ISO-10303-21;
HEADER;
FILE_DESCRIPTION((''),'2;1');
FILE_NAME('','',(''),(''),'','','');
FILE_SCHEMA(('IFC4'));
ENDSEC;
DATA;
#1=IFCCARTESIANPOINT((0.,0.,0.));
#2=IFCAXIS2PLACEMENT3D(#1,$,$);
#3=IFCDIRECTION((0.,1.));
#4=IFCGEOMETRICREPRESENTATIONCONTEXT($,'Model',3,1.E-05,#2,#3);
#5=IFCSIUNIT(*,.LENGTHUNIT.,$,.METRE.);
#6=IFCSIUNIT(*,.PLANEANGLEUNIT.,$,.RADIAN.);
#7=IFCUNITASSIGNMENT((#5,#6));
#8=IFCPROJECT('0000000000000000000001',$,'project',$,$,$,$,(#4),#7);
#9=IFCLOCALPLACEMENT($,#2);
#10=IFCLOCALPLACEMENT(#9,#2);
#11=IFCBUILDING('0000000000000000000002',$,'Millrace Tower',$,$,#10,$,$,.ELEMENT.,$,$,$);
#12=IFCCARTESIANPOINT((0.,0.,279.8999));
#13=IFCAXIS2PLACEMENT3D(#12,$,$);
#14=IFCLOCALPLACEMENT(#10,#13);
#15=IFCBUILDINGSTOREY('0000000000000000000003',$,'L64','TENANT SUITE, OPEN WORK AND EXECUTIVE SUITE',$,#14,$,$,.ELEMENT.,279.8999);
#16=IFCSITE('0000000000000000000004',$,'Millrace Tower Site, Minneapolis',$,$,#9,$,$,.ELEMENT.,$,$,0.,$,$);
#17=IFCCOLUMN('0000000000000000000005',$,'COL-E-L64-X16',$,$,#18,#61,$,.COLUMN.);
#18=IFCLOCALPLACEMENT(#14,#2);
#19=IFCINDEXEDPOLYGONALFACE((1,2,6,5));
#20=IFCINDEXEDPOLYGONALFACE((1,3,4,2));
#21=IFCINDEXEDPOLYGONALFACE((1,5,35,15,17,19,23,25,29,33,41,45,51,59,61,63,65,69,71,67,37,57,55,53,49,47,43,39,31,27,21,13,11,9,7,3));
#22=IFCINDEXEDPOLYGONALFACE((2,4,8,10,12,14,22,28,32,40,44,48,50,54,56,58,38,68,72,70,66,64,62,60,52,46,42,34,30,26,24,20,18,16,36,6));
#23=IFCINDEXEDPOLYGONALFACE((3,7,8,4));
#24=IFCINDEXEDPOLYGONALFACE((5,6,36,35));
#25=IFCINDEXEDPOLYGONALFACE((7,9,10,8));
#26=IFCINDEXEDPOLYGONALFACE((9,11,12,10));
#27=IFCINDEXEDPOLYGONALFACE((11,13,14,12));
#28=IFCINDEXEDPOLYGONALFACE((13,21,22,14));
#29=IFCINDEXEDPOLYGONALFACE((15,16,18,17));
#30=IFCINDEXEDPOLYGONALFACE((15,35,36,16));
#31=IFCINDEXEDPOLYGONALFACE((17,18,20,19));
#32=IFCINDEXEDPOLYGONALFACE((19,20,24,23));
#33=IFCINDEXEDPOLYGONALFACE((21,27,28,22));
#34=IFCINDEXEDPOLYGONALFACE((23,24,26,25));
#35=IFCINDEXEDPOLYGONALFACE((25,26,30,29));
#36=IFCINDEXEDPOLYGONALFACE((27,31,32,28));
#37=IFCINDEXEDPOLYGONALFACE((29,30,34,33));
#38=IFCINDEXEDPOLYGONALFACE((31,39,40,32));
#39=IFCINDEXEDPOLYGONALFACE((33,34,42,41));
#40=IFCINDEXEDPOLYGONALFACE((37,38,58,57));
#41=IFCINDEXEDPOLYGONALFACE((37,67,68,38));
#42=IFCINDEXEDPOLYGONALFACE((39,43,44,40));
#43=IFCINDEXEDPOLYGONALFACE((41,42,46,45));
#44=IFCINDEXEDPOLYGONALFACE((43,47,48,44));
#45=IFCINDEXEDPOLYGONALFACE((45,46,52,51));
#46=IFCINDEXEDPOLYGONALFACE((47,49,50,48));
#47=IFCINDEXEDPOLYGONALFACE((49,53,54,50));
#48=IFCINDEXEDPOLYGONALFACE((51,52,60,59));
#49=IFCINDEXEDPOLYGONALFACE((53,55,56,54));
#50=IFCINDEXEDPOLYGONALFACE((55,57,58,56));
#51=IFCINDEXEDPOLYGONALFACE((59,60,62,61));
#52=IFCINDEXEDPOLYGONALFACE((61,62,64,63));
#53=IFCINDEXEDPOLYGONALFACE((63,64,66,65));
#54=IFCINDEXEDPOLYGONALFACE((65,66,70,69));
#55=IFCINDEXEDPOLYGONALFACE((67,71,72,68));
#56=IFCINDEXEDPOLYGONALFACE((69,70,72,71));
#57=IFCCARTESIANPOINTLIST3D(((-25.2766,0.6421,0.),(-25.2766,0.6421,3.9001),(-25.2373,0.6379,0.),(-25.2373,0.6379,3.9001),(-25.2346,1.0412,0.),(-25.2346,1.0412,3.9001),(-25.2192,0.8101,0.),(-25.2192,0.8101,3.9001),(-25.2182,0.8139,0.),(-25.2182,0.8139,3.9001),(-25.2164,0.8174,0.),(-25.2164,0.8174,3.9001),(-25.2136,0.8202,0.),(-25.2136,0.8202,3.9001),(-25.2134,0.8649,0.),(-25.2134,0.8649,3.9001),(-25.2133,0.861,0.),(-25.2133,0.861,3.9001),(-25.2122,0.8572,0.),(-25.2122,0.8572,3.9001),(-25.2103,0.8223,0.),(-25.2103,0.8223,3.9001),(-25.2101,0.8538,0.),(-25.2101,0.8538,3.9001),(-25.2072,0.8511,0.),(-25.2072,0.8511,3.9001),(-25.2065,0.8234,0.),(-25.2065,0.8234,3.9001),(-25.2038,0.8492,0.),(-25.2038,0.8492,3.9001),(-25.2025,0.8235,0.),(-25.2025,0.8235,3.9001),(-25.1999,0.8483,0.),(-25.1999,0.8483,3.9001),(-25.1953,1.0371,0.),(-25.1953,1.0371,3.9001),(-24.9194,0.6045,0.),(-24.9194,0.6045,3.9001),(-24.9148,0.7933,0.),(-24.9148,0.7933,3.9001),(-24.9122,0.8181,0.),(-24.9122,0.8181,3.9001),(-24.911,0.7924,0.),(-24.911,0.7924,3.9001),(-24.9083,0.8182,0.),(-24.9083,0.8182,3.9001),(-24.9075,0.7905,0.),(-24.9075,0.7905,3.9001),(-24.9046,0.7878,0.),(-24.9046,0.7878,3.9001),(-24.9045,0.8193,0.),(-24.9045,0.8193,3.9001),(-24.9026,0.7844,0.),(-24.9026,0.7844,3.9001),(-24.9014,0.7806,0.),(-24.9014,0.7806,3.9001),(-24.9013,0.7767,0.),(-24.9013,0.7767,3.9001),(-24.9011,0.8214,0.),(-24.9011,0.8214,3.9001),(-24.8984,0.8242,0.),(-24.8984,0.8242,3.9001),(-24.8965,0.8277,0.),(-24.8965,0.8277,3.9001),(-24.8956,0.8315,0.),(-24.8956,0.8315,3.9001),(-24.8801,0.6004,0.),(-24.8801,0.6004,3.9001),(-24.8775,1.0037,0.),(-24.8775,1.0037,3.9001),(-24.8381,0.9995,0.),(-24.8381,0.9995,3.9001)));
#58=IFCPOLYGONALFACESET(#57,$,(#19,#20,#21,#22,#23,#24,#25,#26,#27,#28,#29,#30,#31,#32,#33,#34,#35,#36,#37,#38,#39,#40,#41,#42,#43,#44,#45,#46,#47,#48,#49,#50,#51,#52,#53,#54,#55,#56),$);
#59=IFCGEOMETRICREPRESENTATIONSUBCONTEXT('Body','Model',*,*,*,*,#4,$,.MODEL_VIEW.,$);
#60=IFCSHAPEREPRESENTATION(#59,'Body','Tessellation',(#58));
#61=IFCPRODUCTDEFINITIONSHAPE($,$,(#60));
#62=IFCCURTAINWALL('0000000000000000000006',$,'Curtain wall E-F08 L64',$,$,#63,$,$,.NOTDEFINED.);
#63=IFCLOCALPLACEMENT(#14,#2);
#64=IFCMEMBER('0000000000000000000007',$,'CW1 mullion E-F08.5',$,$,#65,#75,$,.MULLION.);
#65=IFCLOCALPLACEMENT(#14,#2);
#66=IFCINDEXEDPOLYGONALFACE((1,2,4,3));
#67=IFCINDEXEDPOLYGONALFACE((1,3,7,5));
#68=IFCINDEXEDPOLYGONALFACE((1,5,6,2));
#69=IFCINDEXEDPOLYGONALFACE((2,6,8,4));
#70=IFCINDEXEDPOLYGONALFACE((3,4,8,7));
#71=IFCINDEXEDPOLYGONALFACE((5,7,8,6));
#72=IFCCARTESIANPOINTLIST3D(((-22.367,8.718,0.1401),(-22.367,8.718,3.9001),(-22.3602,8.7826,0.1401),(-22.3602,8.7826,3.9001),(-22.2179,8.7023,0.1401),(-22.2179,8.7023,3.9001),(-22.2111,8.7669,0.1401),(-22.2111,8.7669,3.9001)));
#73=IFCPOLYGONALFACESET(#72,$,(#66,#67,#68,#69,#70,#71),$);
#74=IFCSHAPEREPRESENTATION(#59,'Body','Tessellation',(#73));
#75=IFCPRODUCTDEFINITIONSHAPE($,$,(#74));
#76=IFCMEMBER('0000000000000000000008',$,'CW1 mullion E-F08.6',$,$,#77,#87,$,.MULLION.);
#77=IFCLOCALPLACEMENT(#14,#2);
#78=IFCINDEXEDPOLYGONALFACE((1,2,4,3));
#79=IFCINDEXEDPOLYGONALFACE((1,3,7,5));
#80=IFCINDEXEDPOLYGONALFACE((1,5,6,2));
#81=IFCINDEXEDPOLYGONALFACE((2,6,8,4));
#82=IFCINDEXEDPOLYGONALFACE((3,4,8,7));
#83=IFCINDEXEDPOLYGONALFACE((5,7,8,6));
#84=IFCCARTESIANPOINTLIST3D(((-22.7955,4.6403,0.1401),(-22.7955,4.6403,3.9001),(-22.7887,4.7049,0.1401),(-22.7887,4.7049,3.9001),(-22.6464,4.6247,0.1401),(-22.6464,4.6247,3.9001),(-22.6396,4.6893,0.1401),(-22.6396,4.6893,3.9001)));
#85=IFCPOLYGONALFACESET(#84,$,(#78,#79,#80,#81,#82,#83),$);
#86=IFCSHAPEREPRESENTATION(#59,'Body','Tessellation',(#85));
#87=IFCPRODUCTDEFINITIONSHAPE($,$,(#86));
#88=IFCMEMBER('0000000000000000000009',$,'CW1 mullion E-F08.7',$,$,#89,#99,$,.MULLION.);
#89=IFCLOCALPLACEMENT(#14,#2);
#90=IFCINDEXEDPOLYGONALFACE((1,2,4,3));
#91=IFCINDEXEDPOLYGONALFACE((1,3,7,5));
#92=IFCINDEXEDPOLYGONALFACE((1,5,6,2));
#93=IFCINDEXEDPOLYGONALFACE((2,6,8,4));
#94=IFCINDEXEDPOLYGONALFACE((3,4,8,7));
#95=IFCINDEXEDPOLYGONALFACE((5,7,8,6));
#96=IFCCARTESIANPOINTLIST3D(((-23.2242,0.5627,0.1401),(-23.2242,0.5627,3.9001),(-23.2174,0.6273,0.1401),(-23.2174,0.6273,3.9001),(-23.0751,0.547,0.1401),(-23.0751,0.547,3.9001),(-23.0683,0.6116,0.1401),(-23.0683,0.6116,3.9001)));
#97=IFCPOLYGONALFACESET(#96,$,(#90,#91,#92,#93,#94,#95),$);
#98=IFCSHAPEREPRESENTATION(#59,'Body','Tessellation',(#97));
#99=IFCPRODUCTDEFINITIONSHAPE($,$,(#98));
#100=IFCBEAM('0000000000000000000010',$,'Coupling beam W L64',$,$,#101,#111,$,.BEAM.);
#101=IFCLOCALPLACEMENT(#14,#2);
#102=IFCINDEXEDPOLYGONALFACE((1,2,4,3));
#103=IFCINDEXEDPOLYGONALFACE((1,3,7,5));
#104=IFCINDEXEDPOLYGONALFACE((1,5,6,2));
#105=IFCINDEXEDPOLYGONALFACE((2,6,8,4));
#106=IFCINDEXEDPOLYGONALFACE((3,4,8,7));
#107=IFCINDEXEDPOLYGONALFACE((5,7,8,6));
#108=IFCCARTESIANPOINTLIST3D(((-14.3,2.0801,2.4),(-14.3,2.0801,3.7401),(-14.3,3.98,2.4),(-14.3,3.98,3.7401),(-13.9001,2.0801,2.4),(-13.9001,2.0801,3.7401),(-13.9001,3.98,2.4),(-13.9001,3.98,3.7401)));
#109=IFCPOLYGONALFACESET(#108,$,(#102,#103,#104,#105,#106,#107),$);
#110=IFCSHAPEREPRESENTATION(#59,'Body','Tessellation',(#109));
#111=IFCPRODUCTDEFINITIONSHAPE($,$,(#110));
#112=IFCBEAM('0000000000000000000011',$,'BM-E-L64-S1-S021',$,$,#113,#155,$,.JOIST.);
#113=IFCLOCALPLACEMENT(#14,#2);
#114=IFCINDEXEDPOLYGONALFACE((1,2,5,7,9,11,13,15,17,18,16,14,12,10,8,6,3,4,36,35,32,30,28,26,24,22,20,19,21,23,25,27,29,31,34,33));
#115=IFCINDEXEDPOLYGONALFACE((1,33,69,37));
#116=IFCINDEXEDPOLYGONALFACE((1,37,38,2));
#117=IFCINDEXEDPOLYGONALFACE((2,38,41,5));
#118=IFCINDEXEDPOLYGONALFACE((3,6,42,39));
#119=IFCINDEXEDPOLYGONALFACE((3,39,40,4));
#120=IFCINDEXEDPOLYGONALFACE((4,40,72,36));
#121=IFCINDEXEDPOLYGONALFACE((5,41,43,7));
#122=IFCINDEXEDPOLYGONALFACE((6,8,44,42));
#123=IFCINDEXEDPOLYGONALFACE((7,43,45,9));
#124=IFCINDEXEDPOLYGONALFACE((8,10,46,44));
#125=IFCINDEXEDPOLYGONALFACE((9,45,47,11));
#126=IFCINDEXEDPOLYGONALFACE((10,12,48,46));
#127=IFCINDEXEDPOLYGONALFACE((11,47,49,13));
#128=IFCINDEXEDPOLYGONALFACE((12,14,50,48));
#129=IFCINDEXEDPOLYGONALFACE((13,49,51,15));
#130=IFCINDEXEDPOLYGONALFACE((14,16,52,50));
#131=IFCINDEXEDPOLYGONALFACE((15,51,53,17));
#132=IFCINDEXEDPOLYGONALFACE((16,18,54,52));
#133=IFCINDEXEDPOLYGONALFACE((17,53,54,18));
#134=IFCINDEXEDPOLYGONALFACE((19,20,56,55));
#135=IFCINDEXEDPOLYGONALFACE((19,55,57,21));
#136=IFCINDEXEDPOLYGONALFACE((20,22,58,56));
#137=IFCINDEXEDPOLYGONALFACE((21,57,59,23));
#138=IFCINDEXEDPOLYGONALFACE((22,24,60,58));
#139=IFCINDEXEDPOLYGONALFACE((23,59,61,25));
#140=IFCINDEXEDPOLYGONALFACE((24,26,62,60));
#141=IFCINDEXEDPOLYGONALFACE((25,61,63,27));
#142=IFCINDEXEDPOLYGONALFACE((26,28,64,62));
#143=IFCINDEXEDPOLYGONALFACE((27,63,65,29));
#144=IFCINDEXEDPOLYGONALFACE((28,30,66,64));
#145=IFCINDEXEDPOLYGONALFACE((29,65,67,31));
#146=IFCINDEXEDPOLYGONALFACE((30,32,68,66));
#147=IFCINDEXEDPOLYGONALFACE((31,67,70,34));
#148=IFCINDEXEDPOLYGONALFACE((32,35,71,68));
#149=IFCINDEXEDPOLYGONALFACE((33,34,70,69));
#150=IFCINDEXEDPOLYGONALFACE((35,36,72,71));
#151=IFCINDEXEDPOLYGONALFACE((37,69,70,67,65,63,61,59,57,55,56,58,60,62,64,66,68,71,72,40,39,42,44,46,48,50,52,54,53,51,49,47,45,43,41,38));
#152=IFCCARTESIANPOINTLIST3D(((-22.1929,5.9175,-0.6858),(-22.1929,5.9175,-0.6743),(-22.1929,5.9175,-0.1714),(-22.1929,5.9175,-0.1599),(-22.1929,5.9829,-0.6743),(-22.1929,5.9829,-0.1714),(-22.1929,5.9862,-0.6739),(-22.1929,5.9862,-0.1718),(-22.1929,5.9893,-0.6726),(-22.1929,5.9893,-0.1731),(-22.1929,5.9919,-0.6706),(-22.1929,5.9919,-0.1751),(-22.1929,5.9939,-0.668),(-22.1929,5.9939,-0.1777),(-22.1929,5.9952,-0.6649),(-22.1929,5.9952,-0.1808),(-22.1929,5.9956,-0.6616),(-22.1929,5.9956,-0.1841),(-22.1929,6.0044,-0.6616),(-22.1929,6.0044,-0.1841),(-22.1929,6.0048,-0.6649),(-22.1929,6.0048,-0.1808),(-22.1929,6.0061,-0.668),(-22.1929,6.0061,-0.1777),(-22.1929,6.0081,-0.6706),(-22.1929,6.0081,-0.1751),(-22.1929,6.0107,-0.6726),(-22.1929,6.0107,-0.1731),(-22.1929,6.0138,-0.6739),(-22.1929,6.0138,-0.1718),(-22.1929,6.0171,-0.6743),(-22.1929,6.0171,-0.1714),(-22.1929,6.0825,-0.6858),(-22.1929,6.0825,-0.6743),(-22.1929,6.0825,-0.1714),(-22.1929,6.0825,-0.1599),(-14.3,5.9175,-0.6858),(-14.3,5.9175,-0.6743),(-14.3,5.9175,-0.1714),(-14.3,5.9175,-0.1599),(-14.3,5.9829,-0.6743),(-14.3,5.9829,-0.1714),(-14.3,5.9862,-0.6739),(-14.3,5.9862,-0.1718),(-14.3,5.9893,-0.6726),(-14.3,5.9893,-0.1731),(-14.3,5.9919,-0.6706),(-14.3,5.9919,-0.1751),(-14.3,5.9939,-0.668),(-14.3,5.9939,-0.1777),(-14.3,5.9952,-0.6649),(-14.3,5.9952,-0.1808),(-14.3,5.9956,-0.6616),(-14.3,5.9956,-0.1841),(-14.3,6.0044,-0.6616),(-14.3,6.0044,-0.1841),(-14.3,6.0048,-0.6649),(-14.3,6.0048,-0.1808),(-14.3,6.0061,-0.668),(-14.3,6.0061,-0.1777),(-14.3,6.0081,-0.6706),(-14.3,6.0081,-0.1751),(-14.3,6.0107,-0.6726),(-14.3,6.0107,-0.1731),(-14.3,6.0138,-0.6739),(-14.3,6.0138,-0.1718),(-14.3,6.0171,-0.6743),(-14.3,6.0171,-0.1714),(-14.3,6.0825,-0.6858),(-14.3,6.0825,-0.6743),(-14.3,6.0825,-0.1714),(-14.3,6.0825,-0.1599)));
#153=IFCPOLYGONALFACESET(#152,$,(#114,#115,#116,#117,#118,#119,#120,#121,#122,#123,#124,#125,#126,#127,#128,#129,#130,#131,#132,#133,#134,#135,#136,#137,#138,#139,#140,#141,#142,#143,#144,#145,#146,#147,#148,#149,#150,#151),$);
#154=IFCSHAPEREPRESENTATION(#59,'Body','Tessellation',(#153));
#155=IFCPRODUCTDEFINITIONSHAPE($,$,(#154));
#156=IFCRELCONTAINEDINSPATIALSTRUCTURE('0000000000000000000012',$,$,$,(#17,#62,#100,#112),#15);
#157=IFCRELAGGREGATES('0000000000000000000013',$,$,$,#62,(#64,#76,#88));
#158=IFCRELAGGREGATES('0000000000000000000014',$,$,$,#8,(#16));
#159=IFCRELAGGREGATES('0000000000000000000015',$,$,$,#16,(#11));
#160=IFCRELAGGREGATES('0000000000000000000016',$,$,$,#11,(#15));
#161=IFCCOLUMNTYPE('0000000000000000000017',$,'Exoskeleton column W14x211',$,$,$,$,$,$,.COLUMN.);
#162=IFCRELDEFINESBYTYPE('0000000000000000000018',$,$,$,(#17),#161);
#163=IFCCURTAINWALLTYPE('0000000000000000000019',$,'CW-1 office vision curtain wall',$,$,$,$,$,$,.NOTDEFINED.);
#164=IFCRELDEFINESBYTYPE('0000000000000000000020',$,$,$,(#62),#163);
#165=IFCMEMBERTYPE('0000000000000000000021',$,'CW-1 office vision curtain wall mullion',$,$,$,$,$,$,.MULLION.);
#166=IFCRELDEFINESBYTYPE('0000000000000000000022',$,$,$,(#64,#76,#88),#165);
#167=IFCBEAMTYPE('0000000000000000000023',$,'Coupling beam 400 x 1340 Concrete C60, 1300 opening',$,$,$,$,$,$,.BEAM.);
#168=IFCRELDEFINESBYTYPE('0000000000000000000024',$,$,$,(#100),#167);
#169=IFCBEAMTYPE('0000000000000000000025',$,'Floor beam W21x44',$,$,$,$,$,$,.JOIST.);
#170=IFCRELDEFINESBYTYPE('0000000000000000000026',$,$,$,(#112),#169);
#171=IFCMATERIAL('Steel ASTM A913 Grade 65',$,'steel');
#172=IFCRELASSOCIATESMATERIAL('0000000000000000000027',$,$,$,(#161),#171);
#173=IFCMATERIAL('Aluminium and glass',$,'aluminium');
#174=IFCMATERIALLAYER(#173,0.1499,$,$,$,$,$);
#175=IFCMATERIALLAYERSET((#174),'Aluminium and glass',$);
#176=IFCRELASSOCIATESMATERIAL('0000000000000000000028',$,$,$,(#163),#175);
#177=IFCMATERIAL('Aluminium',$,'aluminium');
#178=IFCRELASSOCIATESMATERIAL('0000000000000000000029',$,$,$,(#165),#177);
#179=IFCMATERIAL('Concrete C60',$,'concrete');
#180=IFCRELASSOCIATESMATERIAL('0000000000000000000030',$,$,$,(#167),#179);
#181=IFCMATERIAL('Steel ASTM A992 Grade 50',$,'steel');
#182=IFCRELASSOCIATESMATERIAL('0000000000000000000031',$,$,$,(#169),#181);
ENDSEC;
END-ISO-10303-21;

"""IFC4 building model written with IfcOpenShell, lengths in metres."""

from ifc_helpers import new_model, si_unit, direction, frame, origin, origin_2d, place, context, subcontext, project, spatial, rectangle, i_section, extrude, material, layer, layer_set, material_profile, profile_set, type_object, element, aggregate, save


model = new_model("IFC4")

# Units and contexts
model_context = context("Model", 3, precision=1e-05, world=origin(), true_north=direction((0.0, 1.0)))
body_context = subcontext(model_context, "Body", "Model", "MODEL_VIEW")
ifc_project = project(units=[si_unit("LENGTHUNIT", "METRE"), si_unit("PLANEANGLEUNIT", "RADIAN")], contexts=[model_context])

# Site, building, storey
site_placement = place(None, origin())
site = spatial("IfcSite", under=ifc_project, at=site_placement, Name="Millrace Tower Site, Minneapolis", CompositionType="ELEMENT", RefElevation=0.0)
building_placement = place(site_placement, origin())
building = spatial("IfcBuilding", under=site, at=building_placement, Name="Millrace Tower", CompositionType="ELEMENT")
storey_placement = place(building_placement, frame((0.0, 0.0, 279.8999)))
storey = spatial("IfcBuildingStorey", under=building, at=storey_placement, Name="L64", Description="TENANT SUITE, OPEN WORK AND EXECUTIVE SUITE", CompositionType="ELEMENT", Elevation=279.8999)

# Column
ifc_material_1 = material(Name="Steel ASTM A913 Grade 65", Category="steel")
ifc_material_profile_1 = material_profile(ifc_material_1, i_section(OverallWidth=0.4014, OverallDepth=0.3987, WebThickness=0.0249, FlangeThickness=0.0396, FilletRadius=0.0151, at=origin_2d()))
ifc_profile_set_1 = profile_set([ifc_material_profile_1], Name="Steel ASTM A913 Grade 65")
column_type = type_object("IfcColumnType", Name="Exoskeleton column W14x211", PredefinedType="COLUMN", material=ifc_profile_set_1)
column_placement = place(storey_placement, frame((-25.0574, 0.8208, 0.0), z_axis=(0.0, 0.0, 1.0), x_axis=(-0.104528, -0.994522, 0.0)))
element("IfcColumn", 1, at=column_placement, inside=storey, type_object=column_type, Name="COL-E-L64-X16", PredefinedType="COLUMN", context=body_context, shape_type="SweptSolid", body=[
    extrude(i_section(OverallWidth=0.4014, OverallDepth=0.3987, WebThickness=0.0249, FlangeThickness=0.0396, FilletRadius=0.0151, at=origin_2d()), origin(), (0.0, 0.0, 1.0), 3.9001),
])

# Curtain wall, members
ifc_material_2 = material(Name="Aluminium and glass", Category="aluminium")
ifc_layer_1 = layer(ifc_material_2, 0.1499)
ifc_layer_set_1 = layer_set([ifc_layer_1], Name="Aluminium and glass")
curtain_wall_type = type_object("IfcCurtainWallType", Name="CW-1 office vision curtain wall", PredefinedType="NOTDEFINED", material=ifc_layer_set_1)
placement = place(storey_placement, origin())
curtain_wall = element("IfcCurtainWall", 2, at=placement, inside=storey, type_object=curtain_wall_type, Name="Curtain wall E-F08 L64", PredefinedType="NOTDEFINED")
ifc_material_3 = material(Name="Aluminium", Category="aluminium")
ifc_material_profile_2 = material_profile(ifc_material_3, rectangle(XDim=0.0649, YDim=0.1499, at=origin_2d()))
ifc_profile_set_2 = profile_set([ifc_material_profile_2], Name="Aluminium")
member_type = type_object("IfcMemberType", Name="CW-1 office vision curtain wall mullion", PredefinedType="MULLION", material=ifc_profile_set_2)
member_1_placement = place(storey_placement, frame((-22.2891, 8.7424, 0.1401), z_axis=(0.0, 0.0, 1.0), x_axis=(-0.104528, -0.994522, 0.0)))
member_1 = element("IfcMember", 3, at=member_1_placement, type_object=member_type, Name="CW1 mullion E-F08.5", PredefinedType="MULLION", context=body_context, shape_type="SweptSolid", body=[
    extrude(rectangle(XDim=0.0649, YDim=0.1499, at=origin_2d()), origin(), (0.0, 0.0, 1.0), 3.76),
])
member_2_placement = place(storey_placement, frame((-22.7175, 4.6648, 0.1401), z_axis=(0.0, 0.0, 1.0), x_axis=(-0.104528, -0.994522, 0.0)))
member_2 = element("IfcMember", 4, at=member_2_placement, type_object=member_type, Name="CW1 mullion E-F08.6", PredefinedType="MULLION", context=body_context, shape_type="SweptSolid", body=[
    extrude(rectangle(XDim=0.0649, YDim=0.1499, at=origin_2d()), origin(), (0.0, 0.0, 1.0), 3.76),
])
member_3_placement = place(storey_placement, frame((-23.1462, 0.5872, 0.1401), z_axis=(0.0, 0.0, 1.0), x_axis=(-0.104528, -0.994522, 0.0)))
member_3 = element("IfcMember", 5, at=member_3_placement, type_object=member_type, Name="CW1 mullion E-F08.7", PredefinedType="MULLION", context=body_context, shape_type="SweptSolid", body=[
    extrude(rectangle(XDim=0.0649, YDim=0.1499, at=origin_2d()), origin(), (0.0, 0.0, 1.0), 3.76),
])
aggregate(curtain_wall, [member_1, member_2, member_3])

# Beams
ifc_material_4 = material(Name="Concrete C60", Category="concrete")
ifc_material_profile_3 = material_profile(ifc_material_4, rectangle(XDim=0.3999, YDim=1.3401, at=origin_2d()))
ifc_profile_set_3 = profile_set([ifc_material_profile_3], Name="Concrete C60")
beam_type_1 = type_object("IfcBeamType", Name="Coupling beam 400 x 1340 Concrete C60, 1300 opening", PredefinedType="BEAM", material=ifc_profile_set_3)
beam_1_placement = place(storey_placement, frame((-14.1001, 2.0801, 3.0701), z_axis=(0.0, 1.0, 0.0), x_axis=(-1.0, 0.0, 0.0)))
element("IfcBeam", 6, at=beam_1_placement, inside=storey, type_object=beam_type_1, Name="Coupling beam W L64", PredefinedType="BEAM", context=body_context, shape_type="SweptSolid", body=[
    extrude(rectangle(XDim=0.3999, YDim=1.3401, at=origin_2d()), origin(), (0.0, 0.0, 1.0), 1.8999),
])
ifc_material_5 = material(Name="Steel ASTM A992 Grade 50", Category="steel")
ifc_material_profile_4 = material_profile(ifc_material_5, i_section(OverallWidth=0.165, OverallDepth=0.5259, WebThickness=0.0088, FlangeThickness=0.0115, FilletRadius=0.0127, at=origin_2d()))
ifc_profile_set_4 = profile_set([ifc_material_profile_4], Name="Steel ASTM A992 Grade 50")
beam_type_2 = type_object("IfcBeamType", Name="Floor beam W21x44", PredefinedType="JOIST", material=ifc_profile_set_4)
beam_2_placement = place(storey_placement, frame((-22.1929, 6.0, -0.4229), z_axis=(1.0, 0.0, 0.0), x_axis=(0.0, 1.0, 0.0)))
element("IfcBeam", 7, at=beam_2_placement, inside=storey, type_object=beam_type_2, Name="BM-E-L64-S1-S021", PredefinedType="JOIST", context=body_context, shape_type="SweptSolid", body=[
    extrude(i_section(OverallWidth=0.165, OverallDepth=0.5259, WebThickness=0.0088, FlangeThickness=0.0115, FilletRadius=0.0127, at=origin_2d()), origin(), (0.0, 0.0, 1.0), 7.8928),
])

save(model, "model.ifc")
